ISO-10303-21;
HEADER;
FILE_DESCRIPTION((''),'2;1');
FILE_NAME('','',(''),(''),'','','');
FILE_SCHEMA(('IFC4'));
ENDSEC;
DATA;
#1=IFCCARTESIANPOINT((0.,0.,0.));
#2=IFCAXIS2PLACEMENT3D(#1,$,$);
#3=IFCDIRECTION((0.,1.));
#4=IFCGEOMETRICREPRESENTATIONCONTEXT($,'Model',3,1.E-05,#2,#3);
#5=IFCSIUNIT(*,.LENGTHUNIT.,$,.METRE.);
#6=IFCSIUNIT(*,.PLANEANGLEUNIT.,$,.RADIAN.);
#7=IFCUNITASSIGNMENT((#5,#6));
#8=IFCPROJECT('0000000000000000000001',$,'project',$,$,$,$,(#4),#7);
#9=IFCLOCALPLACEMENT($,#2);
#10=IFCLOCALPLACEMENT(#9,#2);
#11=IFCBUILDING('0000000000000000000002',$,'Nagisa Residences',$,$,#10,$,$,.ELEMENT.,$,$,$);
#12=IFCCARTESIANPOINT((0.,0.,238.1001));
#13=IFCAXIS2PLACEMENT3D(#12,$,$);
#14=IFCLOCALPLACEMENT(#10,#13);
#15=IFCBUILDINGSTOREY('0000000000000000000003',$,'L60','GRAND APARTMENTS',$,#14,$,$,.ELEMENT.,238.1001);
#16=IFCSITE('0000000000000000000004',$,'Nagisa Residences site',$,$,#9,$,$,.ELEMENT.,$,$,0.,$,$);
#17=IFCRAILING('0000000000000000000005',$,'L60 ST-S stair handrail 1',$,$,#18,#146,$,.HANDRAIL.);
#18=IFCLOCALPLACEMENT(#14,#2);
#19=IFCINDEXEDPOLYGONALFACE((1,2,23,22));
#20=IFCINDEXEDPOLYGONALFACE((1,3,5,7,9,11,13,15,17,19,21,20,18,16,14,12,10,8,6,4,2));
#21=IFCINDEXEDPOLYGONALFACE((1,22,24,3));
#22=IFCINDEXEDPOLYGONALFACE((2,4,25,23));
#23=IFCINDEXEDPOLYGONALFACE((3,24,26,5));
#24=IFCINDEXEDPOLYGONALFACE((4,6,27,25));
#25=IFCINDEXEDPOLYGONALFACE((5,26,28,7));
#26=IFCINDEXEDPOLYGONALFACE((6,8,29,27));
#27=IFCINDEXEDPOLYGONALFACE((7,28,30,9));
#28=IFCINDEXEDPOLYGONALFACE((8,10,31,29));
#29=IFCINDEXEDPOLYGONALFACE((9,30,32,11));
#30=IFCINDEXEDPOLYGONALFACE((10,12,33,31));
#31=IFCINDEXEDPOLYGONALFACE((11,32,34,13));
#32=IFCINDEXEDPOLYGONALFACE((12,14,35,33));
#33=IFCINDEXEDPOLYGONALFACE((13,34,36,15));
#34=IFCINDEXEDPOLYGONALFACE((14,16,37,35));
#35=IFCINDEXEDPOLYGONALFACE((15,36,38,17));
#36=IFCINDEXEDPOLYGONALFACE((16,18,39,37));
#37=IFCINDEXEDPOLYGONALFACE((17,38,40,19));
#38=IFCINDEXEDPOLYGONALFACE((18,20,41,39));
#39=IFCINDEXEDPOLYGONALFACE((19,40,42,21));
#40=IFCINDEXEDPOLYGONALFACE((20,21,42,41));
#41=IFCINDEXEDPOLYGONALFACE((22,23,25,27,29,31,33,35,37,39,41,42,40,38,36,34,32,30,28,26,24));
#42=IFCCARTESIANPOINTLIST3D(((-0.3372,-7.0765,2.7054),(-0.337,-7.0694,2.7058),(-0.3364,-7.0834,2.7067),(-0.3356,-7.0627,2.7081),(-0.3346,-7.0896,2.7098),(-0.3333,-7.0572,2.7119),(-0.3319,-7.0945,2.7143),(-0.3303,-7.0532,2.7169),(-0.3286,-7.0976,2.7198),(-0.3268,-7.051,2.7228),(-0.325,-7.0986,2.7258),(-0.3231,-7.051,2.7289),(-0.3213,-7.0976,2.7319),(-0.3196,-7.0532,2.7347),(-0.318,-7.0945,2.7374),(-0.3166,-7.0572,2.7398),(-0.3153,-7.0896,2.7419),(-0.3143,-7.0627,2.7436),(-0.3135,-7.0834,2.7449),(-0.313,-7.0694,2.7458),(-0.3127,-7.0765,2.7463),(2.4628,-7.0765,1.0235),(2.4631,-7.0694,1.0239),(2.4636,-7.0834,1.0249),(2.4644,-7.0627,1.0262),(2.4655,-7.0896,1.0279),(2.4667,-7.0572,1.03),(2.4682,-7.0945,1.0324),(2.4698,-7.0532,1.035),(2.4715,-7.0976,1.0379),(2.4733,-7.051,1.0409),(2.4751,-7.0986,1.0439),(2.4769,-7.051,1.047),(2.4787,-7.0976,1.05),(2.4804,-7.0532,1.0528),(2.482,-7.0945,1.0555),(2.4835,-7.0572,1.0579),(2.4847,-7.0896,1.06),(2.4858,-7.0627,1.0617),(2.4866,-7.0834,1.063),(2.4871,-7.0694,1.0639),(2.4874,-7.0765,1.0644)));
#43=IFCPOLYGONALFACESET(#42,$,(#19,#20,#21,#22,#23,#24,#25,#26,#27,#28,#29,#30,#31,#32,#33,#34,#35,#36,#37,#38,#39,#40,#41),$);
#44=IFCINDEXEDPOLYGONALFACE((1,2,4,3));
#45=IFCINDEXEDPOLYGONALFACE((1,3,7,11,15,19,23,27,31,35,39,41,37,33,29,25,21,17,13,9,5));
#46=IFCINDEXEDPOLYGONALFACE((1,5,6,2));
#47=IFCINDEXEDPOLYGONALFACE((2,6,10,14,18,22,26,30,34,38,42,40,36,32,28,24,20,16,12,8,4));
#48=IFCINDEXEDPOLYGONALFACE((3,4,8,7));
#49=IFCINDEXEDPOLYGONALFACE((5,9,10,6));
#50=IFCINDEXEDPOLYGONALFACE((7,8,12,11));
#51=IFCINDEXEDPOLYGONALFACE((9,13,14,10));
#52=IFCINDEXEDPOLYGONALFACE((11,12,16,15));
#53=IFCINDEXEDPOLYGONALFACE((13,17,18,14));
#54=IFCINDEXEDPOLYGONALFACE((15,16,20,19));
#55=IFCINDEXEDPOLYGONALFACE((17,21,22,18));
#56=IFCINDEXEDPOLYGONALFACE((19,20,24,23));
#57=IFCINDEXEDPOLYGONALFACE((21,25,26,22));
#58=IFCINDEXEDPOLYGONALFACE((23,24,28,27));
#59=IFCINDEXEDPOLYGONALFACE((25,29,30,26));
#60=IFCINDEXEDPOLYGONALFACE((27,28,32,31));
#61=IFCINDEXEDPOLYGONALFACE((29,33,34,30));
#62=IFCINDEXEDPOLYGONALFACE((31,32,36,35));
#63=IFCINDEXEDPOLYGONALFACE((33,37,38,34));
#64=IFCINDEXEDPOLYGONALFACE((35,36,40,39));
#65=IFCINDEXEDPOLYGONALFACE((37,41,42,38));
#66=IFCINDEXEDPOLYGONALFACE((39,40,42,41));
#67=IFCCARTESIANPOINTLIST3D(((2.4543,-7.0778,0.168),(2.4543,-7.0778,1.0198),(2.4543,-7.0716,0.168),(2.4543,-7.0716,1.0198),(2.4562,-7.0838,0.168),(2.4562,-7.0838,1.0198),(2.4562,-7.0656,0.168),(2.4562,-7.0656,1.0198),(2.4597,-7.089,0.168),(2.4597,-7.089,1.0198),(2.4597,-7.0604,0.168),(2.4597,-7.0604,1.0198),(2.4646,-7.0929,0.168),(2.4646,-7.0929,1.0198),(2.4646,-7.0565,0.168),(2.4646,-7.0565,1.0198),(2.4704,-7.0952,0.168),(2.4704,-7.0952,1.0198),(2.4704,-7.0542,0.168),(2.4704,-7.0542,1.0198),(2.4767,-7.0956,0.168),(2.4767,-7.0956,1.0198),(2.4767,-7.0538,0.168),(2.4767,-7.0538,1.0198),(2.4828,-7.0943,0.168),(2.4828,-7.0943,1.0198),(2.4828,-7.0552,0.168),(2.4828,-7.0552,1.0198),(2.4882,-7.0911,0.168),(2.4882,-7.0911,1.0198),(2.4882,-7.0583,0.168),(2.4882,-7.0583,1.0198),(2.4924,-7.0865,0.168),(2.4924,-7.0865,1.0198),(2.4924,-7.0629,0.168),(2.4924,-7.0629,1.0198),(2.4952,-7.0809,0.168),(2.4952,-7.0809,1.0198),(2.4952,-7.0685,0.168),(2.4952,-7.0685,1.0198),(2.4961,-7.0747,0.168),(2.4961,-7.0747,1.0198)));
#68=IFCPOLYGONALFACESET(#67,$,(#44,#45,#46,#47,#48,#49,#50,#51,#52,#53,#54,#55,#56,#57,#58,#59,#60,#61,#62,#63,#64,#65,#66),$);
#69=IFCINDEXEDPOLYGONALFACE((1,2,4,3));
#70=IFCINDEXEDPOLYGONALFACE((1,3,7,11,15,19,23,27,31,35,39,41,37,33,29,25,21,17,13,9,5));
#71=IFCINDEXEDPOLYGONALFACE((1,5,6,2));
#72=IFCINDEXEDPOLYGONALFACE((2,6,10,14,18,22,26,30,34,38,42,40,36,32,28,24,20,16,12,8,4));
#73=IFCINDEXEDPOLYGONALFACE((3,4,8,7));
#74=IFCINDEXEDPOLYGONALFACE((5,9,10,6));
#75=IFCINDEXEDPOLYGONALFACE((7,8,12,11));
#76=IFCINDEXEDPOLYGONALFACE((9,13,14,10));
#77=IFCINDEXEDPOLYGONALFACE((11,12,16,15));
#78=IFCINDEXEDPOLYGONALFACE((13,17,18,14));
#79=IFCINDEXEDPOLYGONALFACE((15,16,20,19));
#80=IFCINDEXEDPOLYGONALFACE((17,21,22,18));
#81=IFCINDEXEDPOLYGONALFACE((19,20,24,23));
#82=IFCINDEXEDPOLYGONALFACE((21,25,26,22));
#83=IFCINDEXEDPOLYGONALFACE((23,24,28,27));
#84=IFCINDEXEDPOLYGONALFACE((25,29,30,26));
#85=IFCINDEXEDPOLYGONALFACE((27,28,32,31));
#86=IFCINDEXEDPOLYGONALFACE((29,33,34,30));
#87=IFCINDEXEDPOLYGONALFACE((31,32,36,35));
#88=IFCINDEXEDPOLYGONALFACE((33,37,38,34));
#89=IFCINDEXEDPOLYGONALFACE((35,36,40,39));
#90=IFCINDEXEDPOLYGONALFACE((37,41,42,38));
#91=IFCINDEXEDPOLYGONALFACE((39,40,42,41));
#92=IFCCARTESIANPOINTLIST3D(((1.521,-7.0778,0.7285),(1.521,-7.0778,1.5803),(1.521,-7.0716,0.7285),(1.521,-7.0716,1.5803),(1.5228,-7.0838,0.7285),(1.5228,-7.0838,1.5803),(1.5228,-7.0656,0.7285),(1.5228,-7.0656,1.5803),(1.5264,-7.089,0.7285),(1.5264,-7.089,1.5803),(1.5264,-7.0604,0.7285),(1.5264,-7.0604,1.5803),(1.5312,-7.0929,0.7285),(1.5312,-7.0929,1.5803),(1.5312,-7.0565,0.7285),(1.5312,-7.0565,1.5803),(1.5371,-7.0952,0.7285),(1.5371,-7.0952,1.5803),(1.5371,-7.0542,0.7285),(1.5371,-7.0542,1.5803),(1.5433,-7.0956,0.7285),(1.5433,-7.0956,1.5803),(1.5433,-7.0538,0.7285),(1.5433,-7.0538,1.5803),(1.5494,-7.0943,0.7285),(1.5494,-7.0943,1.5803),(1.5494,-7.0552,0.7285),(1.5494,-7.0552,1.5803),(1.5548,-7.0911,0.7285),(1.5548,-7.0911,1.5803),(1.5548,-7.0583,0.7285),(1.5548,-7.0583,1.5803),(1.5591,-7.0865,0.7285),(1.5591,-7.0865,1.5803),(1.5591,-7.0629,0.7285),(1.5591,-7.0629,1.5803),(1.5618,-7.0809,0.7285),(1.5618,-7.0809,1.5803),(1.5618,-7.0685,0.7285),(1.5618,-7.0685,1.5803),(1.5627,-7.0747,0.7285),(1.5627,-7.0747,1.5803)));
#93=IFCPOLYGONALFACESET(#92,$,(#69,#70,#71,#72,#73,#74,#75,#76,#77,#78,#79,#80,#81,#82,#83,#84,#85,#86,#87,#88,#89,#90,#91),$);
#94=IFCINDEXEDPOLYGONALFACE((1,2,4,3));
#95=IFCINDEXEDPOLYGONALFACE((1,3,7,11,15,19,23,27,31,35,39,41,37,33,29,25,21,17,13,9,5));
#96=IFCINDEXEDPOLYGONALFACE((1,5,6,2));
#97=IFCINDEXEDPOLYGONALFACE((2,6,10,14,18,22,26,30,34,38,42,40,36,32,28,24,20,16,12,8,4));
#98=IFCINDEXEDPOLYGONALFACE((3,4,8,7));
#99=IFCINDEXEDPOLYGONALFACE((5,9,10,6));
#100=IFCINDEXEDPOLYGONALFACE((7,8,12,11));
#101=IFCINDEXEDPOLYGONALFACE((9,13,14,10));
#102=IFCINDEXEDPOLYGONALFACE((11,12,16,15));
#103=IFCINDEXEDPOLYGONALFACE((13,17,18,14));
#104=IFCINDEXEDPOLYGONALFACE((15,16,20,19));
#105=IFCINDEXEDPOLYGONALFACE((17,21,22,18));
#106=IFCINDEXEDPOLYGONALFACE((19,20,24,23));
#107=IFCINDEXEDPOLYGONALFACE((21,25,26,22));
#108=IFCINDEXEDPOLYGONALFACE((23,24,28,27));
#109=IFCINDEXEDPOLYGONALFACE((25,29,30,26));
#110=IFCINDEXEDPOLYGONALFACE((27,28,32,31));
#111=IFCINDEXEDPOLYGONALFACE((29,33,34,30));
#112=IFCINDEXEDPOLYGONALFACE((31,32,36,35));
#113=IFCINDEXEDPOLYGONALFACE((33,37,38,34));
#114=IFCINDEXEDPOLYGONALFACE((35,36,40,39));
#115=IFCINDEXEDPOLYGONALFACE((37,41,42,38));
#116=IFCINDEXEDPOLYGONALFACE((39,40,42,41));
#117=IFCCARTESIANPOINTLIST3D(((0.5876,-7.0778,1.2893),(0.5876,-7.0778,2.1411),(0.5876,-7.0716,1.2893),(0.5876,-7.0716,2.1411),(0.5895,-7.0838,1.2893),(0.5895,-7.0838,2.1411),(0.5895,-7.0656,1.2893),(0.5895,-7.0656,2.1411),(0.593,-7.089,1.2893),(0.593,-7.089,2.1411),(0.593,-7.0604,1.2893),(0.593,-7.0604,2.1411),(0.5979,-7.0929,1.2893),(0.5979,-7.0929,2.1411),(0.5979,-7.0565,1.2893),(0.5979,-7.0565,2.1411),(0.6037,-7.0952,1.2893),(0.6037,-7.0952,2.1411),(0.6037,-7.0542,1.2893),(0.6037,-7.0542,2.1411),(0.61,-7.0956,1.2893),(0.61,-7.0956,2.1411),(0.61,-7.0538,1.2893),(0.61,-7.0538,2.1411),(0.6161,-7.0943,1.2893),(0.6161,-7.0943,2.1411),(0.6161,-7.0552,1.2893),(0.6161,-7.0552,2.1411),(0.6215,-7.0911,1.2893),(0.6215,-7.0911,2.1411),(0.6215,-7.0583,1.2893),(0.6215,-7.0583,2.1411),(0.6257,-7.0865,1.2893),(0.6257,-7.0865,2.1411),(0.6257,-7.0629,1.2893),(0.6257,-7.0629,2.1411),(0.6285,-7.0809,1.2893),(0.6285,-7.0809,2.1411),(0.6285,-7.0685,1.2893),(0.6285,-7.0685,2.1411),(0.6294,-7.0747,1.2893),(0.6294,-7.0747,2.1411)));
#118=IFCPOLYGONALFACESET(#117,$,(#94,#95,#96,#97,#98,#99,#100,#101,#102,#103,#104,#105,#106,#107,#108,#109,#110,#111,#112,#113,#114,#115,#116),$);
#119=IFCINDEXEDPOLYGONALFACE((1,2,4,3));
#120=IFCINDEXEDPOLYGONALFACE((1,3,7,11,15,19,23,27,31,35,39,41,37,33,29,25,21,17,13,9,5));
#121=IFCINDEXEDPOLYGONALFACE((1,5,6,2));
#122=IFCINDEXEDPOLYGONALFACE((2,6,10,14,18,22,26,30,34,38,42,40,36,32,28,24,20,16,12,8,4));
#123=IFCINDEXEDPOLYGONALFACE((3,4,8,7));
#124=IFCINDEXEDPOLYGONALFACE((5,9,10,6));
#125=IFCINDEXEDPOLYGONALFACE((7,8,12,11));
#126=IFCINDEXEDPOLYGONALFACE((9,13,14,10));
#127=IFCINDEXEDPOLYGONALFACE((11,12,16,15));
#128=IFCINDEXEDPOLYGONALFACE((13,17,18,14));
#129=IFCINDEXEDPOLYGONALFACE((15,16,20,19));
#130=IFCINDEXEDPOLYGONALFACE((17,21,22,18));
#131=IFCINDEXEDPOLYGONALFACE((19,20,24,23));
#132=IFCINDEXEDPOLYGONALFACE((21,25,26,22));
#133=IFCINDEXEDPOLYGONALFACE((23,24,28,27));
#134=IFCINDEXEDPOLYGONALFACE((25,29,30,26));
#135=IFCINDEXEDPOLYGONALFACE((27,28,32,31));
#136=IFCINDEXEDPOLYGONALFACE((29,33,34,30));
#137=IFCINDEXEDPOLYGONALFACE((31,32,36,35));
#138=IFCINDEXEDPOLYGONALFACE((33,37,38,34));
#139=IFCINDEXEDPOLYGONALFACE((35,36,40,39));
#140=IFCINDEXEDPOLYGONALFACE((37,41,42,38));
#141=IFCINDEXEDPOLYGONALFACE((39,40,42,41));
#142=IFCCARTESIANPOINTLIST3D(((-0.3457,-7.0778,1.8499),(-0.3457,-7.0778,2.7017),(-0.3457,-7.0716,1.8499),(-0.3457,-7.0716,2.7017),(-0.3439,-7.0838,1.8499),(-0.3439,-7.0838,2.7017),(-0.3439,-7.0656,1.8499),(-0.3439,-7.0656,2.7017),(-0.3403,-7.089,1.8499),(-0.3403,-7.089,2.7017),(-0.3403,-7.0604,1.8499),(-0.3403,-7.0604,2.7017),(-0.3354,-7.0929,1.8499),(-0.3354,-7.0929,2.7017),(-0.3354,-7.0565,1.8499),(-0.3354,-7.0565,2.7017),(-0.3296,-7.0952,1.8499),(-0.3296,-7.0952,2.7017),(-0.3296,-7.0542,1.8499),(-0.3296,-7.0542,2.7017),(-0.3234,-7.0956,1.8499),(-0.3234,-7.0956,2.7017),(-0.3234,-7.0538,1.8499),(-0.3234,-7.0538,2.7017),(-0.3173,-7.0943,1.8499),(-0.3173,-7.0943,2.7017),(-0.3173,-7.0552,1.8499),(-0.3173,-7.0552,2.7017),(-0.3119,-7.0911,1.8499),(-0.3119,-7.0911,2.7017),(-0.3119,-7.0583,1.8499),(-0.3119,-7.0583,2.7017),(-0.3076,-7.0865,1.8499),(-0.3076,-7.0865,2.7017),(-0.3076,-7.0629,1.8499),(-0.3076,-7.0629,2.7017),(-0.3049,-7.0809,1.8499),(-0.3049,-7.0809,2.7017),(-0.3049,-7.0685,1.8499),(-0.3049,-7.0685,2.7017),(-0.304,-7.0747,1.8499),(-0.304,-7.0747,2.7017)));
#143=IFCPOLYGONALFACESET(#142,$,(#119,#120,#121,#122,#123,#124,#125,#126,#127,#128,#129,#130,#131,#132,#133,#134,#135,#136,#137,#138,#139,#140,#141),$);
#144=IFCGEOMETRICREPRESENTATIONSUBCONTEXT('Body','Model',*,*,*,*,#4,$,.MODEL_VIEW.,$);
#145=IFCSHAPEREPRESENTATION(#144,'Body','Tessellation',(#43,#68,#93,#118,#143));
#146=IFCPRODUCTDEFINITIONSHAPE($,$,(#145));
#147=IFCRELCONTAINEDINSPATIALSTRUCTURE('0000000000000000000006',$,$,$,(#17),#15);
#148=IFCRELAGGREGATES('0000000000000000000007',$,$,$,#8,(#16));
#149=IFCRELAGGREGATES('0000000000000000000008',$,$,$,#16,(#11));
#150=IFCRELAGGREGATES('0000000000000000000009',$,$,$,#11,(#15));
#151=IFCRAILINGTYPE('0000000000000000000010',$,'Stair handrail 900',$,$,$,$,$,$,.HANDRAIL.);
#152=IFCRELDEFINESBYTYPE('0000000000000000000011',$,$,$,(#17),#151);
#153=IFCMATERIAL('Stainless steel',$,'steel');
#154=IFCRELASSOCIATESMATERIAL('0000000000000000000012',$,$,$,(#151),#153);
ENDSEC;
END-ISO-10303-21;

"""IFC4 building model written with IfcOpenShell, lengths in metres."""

from ifc_helpers import new_model, si_unit, direction, frame, origin, origin_2d, place, context, subcontext, project, spatial, circle, extrude, material, type_object, element, save


model = new_model("IFC4")

# Units and contexts
model_context = context("Model", 3, precision=1e-05, world=origin(), true_north=direction((0.0, 1.0)))
body_context = subcontext(model_context, "Body", "Model", "MODEL_VIEW")
ifc_project = project(units=[si_unit("LENGTHUNIT", "METRE"), si_unit("PLANEANGLEUNIT", "RADIAN")], contexts=[model_context])

# Site, building, storey
site_placement = place(None, origin())
site = spatial("IfcSite", under=ifc_project, at=site_placement, Name="Nagisa Residences site", CompositionType="ELEMENT", RefElevation=0.0)
building_placement = place(site_placement, origin())
building = spatial("IfcBuilding", under=site, at=building_placement, Name="Nagisa Residences", CompositionType="ELEMENT")
storey_placement = place(building_placement, frame((0.0, 0.0, 238.1001)))
storey = spatial("IfcBuildingStorey", under=building, at=storey_placement, Name="L60", Description="GRAND APARTMENTS", CompositionType="ELEMENT", Elevation=238.1001)

# Railing
ifc_material_1 = material(Name="Stainless steel", Category="steel")
railing_type_1 = type_object("IfcRailingType", Name="Stair handrail 900", PredefinedType="HANDRAIL", material=ifc_material_1)
railing_1_placement = place(storey_placement, frame((2.4751, -7.0747, 0.168)))
element("IfcRailing", 1, at=railing_1_placement, inside=storey, type_object=railing_type_1, Name="L60 ST-S stair handrail 1", PredefinedType="HANDRAIL", context=body_context, shape_type="SweptSolid", body=[
    extrude(circle(Radius=0.0239, at=origin_2d()), frame((0.0, 0.0, 0.876), z_axis=(-0.857242, 0.0, 0.514913), x_axis=(0.0, -1.0, 0.0)), (0.0, 0.0, 1.0), 3.2664),
    extrude(circle(Radius=0.021, at=origin_2d()), origin(), (0.0, 0.0, 1.0), 0.8518),
    extrude(circle(Radius=0.021, at=origin_2d()), frame((-0.9333, 0.0, 0.5605)), (0.0, 0.0, 1.0), 0.8518),
    extrude(circle(Radius=0.021, at=origin_2d()), frame((-1.8667, 0.0, 1.1213)), (0.0, 0.0, 1.0), 0.8518),
    extrude(circle(Radius=0.021, at=origin_2d()), frame((-2.8, 0.0, 1.6819)), (0.0, 0.0, 1.0), 0.8518),
])

save(model, "model.ifc")
